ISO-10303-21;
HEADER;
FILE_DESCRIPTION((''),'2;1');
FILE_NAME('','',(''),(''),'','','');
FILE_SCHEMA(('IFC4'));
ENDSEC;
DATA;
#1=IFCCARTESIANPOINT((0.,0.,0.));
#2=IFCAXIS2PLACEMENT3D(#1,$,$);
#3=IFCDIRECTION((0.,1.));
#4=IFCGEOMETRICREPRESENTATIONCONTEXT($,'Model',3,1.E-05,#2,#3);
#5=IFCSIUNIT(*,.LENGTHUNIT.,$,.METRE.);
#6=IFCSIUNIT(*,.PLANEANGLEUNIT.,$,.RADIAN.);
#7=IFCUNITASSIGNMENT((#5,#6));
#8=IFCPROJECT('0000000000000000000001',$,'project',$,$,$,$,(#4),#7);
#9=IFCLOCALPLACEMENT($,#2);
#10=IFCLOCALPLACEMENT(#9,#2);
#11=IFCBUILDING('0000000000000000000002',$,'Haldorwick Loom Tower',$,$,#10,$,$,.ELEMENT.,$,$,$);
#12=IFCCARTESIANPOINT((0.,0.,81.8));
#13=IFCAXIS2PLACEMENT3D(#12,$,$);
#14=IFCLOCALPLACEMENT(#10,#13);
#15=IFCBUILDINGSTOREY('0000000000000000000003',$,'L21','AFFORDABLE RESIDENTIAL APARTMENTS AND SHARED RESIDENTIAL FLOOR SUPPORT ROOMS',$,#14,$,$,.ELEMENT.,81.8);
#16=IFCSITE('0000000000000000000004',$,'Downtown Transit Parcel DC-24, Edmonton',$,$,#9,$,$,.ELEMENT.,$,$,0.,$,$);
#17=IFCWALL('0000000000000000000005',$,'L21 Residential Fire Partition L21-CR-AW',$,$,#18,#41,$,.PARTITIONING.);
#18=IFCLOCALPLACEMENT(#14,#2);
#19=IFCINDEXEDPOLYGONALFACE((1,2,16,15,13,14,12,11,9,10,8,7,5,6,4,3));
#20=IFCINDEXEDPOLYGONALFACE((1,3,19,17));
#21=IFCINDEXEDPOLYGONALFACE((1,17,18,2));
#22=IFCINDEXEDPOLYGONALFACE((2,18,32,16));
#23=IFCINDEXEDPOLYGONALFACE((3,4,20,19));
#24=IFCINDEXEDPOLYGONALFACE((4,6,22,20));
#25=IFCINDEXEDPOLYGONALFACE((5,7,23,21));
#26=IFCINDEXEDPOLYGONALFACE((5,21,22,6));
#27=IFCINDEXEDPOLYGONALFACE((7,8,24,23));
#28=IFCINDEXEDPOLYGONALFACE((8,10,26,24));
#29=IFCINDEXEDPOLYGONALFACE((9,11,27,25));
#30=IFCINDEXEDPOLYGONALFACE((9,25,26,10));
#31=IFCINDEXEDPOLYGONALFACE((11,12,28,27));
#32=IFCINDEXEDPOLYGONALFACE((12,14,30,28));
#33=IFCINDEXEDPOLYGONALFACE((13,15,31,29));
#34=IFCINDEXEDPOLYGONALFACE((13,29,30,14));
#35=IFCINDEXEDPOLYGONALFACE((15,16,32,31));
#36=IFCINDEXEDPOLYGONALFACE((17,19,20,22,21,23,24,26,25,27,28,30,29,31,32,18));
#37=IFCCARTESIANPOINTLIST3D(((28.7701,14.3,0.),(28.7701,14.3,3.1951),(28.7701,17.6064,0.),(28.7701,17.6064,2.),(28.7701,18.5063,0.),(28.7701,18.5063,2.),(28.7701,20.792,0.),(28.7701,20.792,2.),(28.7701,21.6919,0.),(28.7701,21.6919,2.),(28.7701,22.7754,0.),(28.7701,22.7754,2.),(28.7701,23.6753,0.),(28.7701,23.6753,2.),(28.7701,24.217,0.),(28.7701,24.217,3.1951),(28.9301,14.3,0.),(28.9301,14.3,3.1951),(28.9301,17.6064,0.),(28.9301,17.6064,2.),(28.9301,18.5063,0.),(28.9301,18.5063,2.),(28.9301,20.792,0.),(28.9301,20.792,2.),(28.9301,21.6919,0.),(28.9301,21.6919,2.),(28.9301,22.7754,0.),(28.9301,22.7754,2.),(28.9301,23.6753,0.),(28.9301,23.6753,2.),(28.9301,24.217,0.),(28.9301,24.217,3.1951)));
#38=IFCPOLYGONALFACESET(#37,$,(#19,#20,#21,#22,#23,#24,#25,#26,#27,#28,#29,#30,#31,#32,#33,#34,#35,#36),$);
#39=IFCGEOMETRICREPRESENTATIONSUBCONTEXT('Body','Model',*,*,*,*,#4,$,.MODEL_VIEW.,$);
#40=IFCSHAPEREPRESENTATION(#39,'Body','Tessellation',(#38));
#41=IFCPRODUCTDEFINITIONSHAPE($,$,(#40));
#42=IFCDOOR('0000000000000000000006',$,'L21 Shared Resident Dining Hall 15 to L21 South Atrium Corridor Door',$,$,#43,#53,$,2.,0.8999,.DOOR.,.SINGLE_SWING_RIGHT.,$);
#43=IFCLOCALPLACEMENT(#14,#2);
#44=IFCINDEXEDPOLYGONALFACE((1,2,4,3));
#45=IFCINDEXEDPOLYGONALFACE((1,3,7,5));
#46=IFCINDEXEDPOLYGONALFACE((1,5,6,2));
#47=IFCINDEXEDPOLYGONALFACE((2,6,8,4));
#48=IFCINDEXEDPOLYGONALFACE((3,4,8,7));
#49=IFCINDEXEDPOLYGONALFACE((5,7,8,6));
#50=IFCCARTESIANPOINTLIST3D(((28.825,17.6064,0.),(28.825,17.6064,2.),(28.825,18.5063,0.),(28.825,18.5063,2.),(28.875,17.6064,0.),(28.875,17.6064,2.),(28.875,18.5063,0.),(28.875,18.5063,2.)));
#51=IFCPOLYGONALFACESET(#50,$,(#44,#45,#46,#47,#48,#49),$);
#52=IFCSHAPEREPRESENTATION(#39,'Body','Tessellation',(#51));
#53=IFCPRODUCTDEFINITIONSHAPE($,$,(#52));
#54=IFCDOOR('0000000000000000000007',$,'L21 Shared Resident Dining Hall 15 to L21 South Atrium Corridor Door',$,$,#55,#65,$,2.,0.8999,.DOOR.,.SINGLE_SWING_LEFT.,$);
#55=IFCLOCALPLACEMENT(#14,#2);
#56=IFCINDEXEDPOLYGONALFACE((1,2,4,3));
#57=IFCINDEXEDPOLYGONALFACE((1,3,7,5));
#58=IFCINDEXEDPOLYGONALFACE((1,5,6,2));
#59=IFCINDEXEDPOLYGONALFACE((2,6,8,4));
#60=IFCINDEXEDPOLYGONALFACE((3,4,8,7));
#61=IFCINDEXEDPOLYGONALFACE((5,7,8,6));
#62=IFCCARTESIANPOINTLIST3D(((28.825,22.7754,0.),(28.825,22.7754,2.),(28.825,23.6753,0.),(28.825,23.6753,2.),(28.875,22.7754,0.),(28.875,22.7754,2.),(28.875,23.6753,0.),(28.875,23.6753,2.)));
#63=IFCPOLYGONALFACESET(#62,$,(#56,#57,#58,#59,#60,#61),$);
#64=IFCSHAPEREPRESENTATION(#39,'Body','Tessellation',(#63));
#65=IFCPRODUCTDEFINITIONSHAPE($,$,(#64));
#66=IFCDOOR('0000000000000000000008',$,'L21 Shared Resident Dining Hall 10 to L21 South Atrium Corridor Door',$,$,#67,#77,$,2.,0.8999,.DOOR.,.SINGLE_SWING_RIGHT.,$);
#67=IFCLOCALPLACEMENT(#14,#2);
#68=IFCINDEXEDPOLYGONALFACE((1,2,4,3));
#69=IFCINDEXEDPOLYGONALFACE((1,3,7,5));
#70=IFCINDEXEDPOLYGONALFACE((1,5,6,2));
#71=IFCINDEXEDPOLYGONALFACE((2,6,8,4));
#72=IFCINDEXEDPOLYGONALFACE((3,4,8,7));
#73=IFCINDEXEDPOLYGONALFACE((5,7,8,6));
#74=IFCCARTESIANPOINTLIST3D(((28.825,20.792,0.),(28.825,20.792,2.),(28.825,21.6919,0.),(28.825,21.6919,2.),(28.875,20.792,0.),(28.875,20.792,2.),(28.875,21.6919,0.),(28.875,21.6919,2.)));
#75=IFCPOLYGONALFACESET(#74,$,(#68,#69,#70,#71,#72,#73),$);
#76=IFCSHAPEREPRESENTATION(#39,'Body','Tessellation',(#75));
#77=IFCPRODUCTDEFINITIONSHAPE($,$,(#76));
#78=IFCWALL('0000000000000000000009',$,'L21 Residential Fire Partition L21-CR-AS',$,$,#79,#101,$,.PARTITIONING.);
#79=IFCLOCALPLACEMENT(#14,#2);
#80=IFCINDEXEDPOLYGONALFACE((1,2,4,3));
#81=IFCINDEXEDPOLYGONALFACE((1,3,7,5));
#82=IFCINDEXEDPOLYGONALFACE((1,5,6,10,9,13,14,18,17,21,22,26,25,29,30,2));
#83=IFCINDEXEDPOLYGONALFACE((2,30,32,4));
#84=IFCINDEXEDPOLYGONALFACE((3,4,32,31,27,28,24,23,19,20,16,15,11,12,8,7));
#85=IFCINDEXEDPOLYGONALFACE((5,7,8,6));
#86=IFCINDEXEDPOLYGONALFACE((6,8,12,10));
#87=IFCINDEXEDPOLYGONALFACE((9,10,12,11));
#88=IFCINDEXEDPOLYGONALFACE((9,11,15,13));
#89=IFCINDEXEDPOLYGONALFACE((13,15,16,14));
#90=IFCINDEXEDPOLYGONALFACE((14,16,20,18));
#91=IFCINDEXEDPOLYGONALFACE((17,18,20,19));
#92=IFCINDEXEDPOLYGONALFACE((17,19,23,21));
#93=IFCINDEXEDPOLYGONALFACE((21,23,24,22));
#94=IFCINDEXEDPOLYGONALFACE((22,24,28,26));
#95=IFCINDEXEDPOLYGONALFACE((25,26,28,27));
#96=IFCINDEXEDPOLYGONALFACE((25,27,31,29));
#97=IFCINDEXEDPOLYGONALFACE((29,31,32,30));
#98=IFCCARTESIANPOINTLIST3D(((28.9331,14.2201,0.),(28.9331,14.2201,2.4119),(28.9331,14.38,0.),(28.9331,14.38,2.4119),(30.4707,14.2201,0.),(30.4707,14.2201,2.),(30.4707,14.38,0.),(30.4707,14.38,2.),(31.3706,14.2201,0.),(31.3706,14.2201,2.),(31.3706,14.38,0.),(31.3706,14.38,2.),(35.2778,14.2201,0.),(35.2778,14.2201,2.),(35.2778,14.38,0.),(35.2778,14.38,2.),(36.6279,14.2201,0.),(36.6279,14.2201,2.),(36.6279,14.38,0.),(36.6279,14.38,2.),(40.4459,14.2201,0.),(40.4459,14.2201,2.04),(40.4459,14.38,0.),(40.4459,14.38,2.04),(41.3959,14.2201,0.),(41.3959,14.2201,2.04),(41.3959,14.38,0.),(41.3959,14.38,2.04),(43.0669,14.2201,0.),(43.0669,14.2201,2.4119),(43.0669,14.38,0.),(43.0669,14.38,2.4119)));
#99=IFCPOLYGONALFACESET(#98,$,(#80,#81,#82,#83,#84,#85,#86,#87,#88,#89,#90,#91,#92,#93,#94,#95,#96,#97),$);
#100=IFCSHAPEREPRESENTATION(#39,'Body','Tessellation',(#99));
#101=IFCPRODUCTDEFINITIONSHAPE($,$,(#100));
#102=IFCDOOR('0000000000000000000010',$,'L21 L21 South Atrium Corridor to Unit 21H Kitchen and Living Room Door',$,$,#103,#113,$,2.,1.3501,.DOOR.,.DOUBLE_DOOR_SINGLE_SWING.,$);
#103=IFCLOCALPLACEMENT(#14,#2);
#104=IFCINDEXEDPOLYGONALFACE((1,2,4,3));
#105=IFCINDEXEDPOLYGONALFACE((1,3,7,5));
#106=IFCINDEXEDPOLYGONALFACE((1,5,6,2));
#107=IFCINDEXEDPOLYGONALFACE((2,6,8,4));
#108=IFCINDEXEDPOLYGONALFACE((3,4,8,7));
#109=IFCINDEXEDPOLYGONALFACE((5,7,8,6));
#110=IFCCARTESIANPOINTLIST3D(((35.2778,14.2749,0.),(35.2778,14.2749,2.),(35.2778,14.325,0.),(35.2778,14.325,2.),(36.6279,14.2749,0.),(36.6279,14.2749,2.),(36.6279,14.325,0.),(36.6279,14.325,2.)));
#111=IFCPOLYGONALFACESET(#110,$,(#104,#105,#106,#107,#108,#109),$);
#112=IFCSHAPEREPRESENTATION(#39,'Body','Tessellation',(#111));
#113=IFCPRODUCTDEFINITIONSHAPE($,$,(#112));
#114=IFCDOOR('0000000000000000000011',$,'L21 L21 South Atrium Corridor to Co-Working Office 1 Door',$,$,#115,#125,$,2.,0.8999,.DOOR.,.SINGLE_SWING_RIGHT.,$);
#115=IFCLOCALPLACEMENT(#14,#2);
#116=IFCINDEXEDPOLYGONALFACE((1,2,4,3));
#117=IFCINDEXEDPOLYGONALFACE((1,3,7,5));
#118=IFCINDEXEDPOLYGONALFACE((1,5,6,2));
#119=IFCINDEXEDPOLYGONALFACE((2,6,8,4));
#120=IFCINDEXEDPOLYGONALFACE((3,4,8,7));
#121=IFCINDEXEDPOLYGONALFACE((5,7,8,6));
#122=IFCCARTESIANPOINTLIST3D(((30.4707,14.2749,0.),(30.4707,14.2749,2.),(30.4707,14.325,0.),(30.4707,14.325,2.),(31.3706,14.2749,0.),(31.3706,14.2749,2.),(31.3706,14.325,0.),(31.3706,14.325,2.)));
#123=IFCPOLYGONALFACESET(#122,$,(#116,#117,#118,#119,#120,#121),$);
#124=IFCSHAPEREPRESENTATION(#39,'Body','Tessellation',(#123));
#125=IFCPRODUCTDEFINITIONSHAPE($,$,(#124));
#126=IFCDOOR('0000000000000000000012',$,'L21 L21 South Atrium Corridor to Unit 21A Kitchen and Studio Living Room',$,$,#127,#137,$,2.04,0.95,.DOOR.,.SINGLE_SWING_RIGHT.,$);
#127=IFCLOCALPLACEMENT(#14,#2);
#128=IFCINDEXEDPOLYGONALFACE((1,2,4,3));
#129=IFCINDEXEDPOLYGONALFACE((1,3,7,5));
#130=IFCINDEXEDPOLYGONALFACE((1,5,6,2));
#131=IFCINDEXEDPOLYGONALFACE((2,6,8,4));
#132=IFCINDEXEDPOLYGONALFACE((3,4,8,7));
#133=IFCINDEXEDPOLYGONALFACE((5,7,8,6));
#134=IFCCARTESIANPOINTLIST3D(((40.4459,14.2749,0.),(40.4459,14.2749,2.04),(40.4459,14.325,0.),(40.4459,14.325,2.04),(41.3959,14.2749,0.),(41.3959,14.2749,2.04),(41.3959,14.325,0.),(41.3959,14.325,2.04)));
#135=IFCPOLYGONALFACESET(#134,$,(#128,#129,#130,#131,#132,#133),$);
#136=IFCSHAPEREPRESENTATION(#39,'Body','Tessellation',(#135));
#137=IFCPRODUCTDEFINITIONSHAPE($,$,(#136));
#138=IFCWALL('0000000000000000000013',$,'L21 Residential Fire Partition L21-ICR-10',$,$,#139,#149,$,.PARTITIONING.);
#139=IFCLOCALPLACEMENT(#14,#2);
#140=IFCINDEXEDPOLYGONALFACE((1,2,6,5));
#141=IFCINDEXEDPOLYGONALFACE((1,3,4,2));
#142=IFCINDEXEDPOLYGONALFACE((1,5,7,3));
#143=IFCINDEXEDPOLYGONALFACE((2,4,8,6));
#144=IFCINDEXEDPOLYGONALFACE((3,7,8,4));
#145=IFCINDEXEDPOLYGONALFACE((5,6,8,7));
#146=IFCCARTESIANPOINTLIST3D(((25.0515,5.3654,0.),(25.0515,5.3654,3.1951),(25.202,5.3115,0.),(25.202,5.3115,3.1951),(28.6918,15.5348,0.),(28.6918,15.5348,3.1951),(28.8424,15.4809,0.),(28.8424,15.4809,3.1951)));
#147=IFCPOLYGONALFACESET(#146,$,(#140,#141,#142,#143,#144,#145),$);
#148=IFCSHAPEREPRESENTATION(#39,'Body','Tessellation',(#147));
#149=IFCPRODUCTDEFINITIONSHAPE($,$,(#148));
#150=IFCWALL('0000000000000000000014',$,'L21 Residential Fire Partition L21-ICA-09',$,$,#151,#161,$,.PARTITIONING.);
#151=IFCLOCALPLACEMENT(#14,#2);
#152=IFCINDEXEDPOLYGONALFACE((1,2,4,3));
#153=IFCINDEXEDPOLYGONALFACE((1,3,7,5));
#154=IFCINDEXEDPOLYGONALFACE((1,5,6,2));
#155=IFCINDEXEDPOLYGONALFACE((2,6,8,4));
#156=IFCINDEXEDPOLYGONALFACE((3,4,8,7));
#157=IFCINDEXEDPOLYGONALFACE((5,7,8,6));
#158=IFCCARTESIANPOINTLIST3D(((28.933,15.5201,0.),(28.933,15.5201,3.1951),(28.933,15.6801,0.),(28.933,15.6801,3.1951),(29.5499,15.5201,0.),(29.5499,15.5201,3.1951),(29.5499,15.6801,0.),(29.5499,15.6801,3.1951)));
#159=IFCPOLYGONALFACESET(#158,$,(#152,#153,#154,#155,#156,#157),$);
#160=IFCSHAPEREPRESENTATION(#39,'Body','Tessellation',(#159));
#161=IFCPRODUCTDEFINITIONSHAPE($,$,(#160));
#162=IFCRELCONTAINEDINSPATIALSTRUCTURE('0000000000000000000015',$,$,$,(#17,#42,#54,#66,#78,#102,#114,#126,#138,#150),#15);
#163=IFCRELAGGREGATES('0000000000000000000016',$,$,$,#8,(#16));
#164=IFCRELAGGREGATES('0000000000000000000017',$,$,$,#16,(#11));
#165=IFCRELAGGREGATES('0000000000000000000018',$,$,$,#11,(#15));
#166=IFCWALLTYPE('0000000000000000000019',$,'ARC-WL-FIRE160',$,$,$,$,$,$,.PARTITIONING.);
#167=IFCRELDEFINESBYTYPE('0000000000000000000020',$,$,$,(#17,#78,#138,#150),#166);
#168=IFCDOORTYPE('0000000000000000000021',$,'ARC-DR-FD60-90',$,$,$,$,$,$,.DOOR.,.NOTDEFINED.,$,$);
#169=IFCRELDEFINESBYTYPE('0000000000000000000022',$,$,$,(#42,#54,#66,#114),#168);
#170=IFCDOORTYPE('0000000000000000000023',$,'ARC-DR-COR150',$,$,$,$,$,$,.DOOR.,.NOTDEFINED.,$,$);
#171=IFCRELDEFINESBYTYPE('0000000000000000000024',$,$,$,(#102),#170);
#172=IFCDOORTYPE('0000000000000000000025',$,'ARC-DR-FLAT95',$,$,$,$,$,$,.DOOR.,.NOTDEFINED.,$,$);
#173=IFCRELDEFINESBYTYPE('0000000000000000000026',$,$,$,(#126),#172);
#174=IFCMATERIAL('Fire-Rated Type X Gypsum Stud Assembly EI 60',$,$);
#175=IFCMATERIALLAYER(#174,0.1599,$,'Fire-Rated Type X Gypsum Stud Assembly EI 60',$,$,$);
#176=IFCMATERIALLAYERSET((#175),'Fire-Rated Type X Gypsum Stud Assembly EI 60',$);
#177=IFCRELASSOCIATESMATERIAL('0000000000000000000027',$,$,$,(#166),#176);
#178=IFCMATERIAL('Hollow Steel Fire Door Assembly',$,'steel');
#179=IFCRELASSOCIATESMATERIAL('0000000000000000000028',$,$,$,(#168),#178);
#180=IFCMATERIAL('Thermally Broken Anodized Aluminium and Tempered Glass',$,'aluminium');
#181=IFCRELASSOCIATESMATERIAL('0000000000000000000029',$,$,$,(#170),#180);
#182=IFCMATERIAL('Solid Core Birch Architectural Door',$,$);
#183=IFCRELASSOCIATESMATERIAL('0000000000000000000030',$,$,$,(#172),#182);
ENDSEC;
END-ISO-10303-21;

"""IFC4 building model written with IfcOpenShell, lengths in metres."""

from ifc_helpers import new_model, si_unit, direction, frame, frame_2d, origin, place, context, subcontext, project, spatial, rectangle, extrude, material, layer, layer_set, type_object, element, fill, save


model = new_model("IFC4")

# Units and contexts
model_context = context("Model", 3, precision=1e-05, world=origin(), true_north=direction((0.0, 1.0)))
body_context = subcontext(model_context, "Body", "Model", "MODEL_VIEW")
ifc_project = project(units=[si_unit("LENGTHUNIT", "METRE"), si_unit("PLANEANGLEUNIT", "RADIAN")], contexts=[model_context])

# Site, building, storey
site_placement = place(None, origin())
site = spatial("IfcSite", under=ifc_project, at=site_placement, Name="Downtown Transit Parcel DC-24, Edmonton", CompositionType="ELEMENT", RefElevation=0.0)
building_placement = place(site_placement, origin())
building = spatial("IfcBuilding", under=site, at=building_placement, Name="Haldorwick Loom Tower", CompositionType="ELEMENT")
storey_placement = place(building_placement, frame((0.0, 0.0, 81.8)))
storey = spatial("IfcBuildingStorey", under=building, at=storey_placement, Name="L21", Description="AFFORDABLE RESIDENTIAL APARTMENTS AND SHARED RESIDENTIAL FLOOR SUPPORT ROOMS", CompositionType="ELEMENT", Elevation=81.8)

# Walls, openings, doors
ifc_material_1 = material(Name="Fire-Rated Type X Gypsum Stud Assembly EI 60")
ifc_layer_1 = layer(ifc_material_1, 0.1599, Name="Fire-Rated Type X Gypsum Stud Assembly EI 60")
ifc_layer_set_1 = layer_set([ifc_layer_1], Name="Fire-Rated Type X Gypsum Stud Assembly EI 60")
wall_type_1 = type_object("IfcWallType", Name="ARC-WL-FIRE160", PredefinedType="PARTITIONING", material=ifc_layer_set_1)
wall_1_placement = place(storey_placement, frame((28.8501, 14.3, 0.0), z_axis=(0.0, 0.0, 1.0), x_axis=(0.0, 1.0, 0.0)))
wall_1 = element("IfcWall", 1, at=wall_1_placement, inside=storey, type_object=wall_type_1, Name="L21 Residential Fire Partition L21-CR-AW", PredefinedType="PARTITIONING", context=body_context, shape_type="SweptSolid", body=[
    extrude(rectangle(XDim=9.917, YDim=0.1599, at=frame_2d((4.9585, 0.0))), origin(), (0.0, 0.0, 1.0), 3.1951),
])
opening_1_placement = place(wall_1_placement, frame((3.3064, 0.0, 0.0)))
opening_1 = element("IfcOpeningElement", 2, at=opening_1_placement, cuts=wall_1, PredefinedType="OPENING", context=body_context, shape_type="SweptSolid", body=[
    extrude(rectangle(XDim=0.8999, YDim=2.0, at=frame_2d((0.45, 1.0))), frame((0.0, 0.0898, 0.0), z_axis=(0.0, -1.0, 0.0), x_axis=(1.0, 0.0, 0.0)), (0.0, 0.0, 1.0), 0.1799),
])
opening_2_placement = place(wall_1_placement, frame((8.4753, 0.0, 0.0)))
opening_2 = element("IfcOpeningElement", 3, at=opening_2_placement, cuts=wall_1, PredefinedType="OPENING", context=body_context, shape_type="SweptSolid", body=[
    extrude(rectangle(XDim=0.8999, YDim=2.0, at=frame_2d((0.45, 1.0))), frame((0.0, 0.0898, 0.0), z_axis=(0.0, -1.0, 0.0), x_axis=(1.0, 0.0, 0.0)), (0.0, 0.0, 1.0), 0.1799),
])
opening_3_placement = place(wall_1_placement, frame((6.4919, 0.0, 0.0)))
opening_3 = element("IfcOpeningElement", 4, at=opening_3_placement, cuts=wall_1, PredefinedType="OPENING", context=body_context, shape_type="SweptSolid", body=[
    extrude(rectangle(XDim=0.8999, YDim=2.0, at=frame_2d((0.45, 1.0))), frame((0.0, 0.0898, 0.0), z_axis=(0.0, -1.0, 0.0), x_axis=(1.0, 0.0, 0.0)), (0.0, 0.0, 1.0), 0.1799),
])
ifc_material_2 = material(Name="Hollow Steel Fire Door Assembly", Category="steel")
door_type_1 = type_object("IfcDoorType", Name="ARC-DR-FD60-90", OperationType="NOTDEFINED", PredefinedType="DOOR", material=ifc_material_2)
door_1_placement = place(opening_1_placement, frame((0.8999, 0.0, 0.0), z_axis=(0.0, 0.0, 1.0), x_axis=(-1.0, 0.0, 0.0)))
door_1 = element("IfcDoor", 5, at=door_1_placement, inside=storey, type_object=door_type_1, Name="L21 Shared Resident Dining Hall 15 to L21 South Atrium Corridor Door", OperationType="SINGLE_SWING_RIGHT", OverallHeight=2.0, OverallWidth=0.8999, PredefinedType="DOOR", context=body_context, shape_type="SweptSolid", body=[
    extrude(rectangle(XDim=0.8999, YDim=2.0, at=frame_2d((0.45, 1.0))), frame((0.0, 0.0249, 0.0), z_axis=(0.0, -1.0, 0.0), x_axis=(1.0, 0.0, 0.0)), (0.0, 0.0, 1.0), 0.05),
])
fill(opening_1, door_1)
door_2_placement = place(opening_2_placement, frame((0.8999, 0.0, 0.0), z_axis=(0.0, 0.0, 1.0), x_axis=(-1.0, 0.0, 0.0)))
door_2 = element("IfcDoor", 6, at=door_2_placement, inside=storey, type_object=door_type_1, Name="L21 Shared Resident Dining Hall 15 to L21 South Atrium Corridor Door", OperationType="SINGLE_SWING_LEFT", OverallHeight=2.0, OverallWidth=0.8999, PredefinedType="DOOR", context=body_context, shape_type="SweptSolid", body=[
    extrude(rectangle(XDim=0.8999, YDim=2.0, at=frame_2d((0.45, 1.0))), frame((0.0, 0.0249, 0.0), z_axis=(0.0, -1.0, 0.0), x_axis=(1.0, 0.0, 0.0)), (0.0, 0.0, 1.0), 0.05),
])
fill(opening_2, door_2)
door_3_placement = place(opening_3_placement, frame((0.8999, 0.0, 0.0), z_axis=(0.0, 0.0, 1.0), x_axis=(-1.0, 0.0, 0.0)))
door_3 = element("IfcDoor", 7, at=door_3_placement, inside=storey, type_object=door_type_1, Name="L21 Shared Resident Dining Hall 10 to L21 South Atrium Corridor Door", OperationType="SINGLE_SWING_RIGHT", OverallHeight=2.0, OverallWidth=0.8999, PredefinedType="DOOR", context=body_context, shape_type="SweptSolid", body=[
    extrude(rectangle(XDim=0.8999, YDim=2.0, at=frame_2d((0.45, 1.0))), frame((0.0, 0.0249, 0.0), z_axis=(0.0, -1.0, 0.0), x_axis=(1.0, 0.0, 0.0)), (0.0, 0.0, 1.0), 0.05),
])
fill(opening_3, door_3)
wall_2_placement = place(storey_placement, frame((28.9331, 14.3, 0.0), z_axis=(0.0, 0.0, 1.0), x_axis=(1.0, 0.0, 0.0)))
wall_2 = element("IfcWall", 8, at=wall_2_placement, inside=storey, type_object=wall_type_1, Name="L21 Residential Fire Partition L21-CR-AS", PredefinedType="PARTITIONING", context=body_context, shape_type="SweptSolid", body=[
    extrude(rectangle(XDim=14.1338, YDim=0.1599, at=frame_2d((7.0669, 0.0))), origin(), (0.0, 0.0, 1.0), 2.4119),
])
opening_4_placement = place(wall_2_placement, frame((6.3447, 0.0, 0.0)))
opening_4 = element("IfcOpeningElement", 9, at=opening_4_placement, cuts=wall_2, PredefinedType="OPENING", context=body_context, shape_type="SweptSolid", body=[
    extrude(rectangle(XDim=1.3501, YDim=2.0, at=frame_2d((0.675, 1.0))), frame((0.0, 0.0898, 0.0), z_axis=(0.0, -1.0, 0.0), x_axis=(1.0, 0.0, 0.0)), (0.0, 0.0, 1.0), 0.1799),
])
opening_5_placement = place(wall_2_placement, frame((11.5127, 0.0, 0.0)))
opening_5 = element("IfcOpeningElement", 10, at=opening_5_placement, cuts=wall_2, PredefinedType="OPENING", context=body_context, shape_type="SweptSolid", body=[
    extrude(rectangle(XDim=0.95, YDim=2.04, at=frame_2d((0.4751, 1.02))), frame((0.0, 0.0898, 0.0), z_axis=(0.0, -1.0, 0.0), x_axis=(1.0, 0.0, 0.0)), (0.0, 0.0, 1.0), 0.1799),
])
opening_6_placement = place(wall_2_placement, frame((1.5376, 0.0, 0.0)))
opening_6 = element("IfcOpeningElement", 11, at=opening_6_placement, cuts=wall_2, PredefinedType="OPENING", context=body_context, shape_type="SweptSolid", body=[
    extrude(rectangle(XDim=0.8999, YDim=2.0, at=frame_2d((0.45, 1.0))), frame((0.0, 0.0898, 0.0), z_axis=(0.0, -1.0, 0.0), x_axis=(1.0, 0.0, 0.0)), (0.0, 0.0, 1.0), 0.1799),
])
ifc_material_3 = material(Name="Thermally Broken Anodized Aluminium and Tempered Glass", Category="aluminium")
door_type_2 = type_object("IfcDoorType", Name="ARC-DR-COR150", OperationType="NOTDEFINED", PredefinedType="DOOR", material=ifc_material_3)
door_4_placement = place(opening_4_placement, origin())
door_4 = element("IfcDoor", 12, at=door_4_placement, inside=storey, type_object=door_type_2, Name="L21 L21 South Atrium Corridor to Unit 21H Kitchen and Living Room Door", OperationType="DOUBLE_DOOR_SINGLE_SWING", OverallHeight=2.0, OverallWidth=1.3501, PredefinedType="DOOR", context=body_context, shape_type="SweptSolid", body=[
    extrude(rectangle(XDim=1.3501, YDim=2.0, at=frame_2d((0.675, 1.0))), frame((0.0, 0.0249, 0.0), z_axis=(0.0, -1.0, 0.0), x_axis=(1.0, 0.0, 0.0)), (0.0, 0.0, 1.0), 0.05),
])
fill(opening_4, door_4)
door_5_placement = place(opening_6_placement, origin())
door_5 = element("IfcDoor", 13, at=door_5_placement, inside=storey, type_object=door_type_1, Name="L21 L21 South Atrium Corridor to Co-Working Office 1 Door", OperationType="SINGLE_SWING_RIGHT", OverallHeight=2.0, OverallWidth=0.8999, PredefinedType="DOOR", context=body_context, shape_type="SweptSolid", body=[
    extrude(rectangle(XDim=0.8999, YDim=2.0, at=frame_2d((0.45, 1.0))), frame((0.0, 0.0249, 0.0), z_axis=(0.0, -1.0, 0.0), x_axis=(1.0, 0.0, 0.0)), (0.0, 0.0, 1.0), 0.05),
])
fill(opening_6, door_5)
ifc_material_4 = material(Name="Solid Core Birch Architectural Door")
door_type_3 = type_object("IfcDoorType", Name="ARC-DR-FLAT95", OperationType="NOTDEFINED", PredefinedType="DOOR", material=ifc_material_4)
door_6_placement = place(opening_5_placement, origin())
door_6 = element("IfcDoor", 14, at=door_6_placement, inside=storey, type_object=door_type_3, Name="L21 L21 South Atrium Corridor to Unit 21A Kitchen and Studio Living Room", OperationType="SINGLE_SWING_RIGHT", OverallHeight=2.04, OverallWidth=0.95, PredefinedType="DOOR", context=body_context, shape_type="SweptSolid", body=[
    extrude(rectangle(XDim=0.95, YDim=2.04, at=frame_2d((0.4751, 1.02))), frame((0.0, 0.0249, 0.0), z_axis=(0.0, -1.0, 0.0), x_axis=(1.0, 0.0, 0.0)), (0.0, 0.0, 1.0), 0.05),
])
fill(opening_5, door_6)

# Walls
wall_3_placement = place(storey_placement, frame((28.7671, 15.5078, 0.0), z_axis=(0.0, 0.0, 1.0), x_axis=(-0.337029, -0.941494, 0.0)))
element("IfcWall", 15, at=wall_3_placement, inside=storey, type_object=wall_type_1, Name="L21 Residential Fire Partition L21-ICR-10", PredefinedType="PARTITIONING", context=body_context, shape_type="SweptSolid", body=[
    extrude(rectangle(XDim=10.8013, YDim=0.1599, at=frame_2d((5.4006, 0.0))), origin(), (0.0, 0.0, 1.0), 3.1951),
])
wall_4_placement = place(storey_placement, frame((29.55, 15.6001, 0.0), z_axis=(0.0, 0.0, 1.0), x_axis=(-1.0, 0.0, 0.0)))
element("IfcWall", 16, at=wall_4_placement, inside=storey, type_object=wall_type_1, Name="L21 Residential Fire Partition L21-ICA-09", PredefinedType="PARTITIONING", context=body_context, shape_type="SweptSolid", body=[
    extrude(rectangle(XDim=0.6169, YDim=0.1599, at=frame_2d((0.3086, 0.0))), origin(), (0.0, 0.0, 1.0), 3.1951),
])

save(model, "model.ifc")
